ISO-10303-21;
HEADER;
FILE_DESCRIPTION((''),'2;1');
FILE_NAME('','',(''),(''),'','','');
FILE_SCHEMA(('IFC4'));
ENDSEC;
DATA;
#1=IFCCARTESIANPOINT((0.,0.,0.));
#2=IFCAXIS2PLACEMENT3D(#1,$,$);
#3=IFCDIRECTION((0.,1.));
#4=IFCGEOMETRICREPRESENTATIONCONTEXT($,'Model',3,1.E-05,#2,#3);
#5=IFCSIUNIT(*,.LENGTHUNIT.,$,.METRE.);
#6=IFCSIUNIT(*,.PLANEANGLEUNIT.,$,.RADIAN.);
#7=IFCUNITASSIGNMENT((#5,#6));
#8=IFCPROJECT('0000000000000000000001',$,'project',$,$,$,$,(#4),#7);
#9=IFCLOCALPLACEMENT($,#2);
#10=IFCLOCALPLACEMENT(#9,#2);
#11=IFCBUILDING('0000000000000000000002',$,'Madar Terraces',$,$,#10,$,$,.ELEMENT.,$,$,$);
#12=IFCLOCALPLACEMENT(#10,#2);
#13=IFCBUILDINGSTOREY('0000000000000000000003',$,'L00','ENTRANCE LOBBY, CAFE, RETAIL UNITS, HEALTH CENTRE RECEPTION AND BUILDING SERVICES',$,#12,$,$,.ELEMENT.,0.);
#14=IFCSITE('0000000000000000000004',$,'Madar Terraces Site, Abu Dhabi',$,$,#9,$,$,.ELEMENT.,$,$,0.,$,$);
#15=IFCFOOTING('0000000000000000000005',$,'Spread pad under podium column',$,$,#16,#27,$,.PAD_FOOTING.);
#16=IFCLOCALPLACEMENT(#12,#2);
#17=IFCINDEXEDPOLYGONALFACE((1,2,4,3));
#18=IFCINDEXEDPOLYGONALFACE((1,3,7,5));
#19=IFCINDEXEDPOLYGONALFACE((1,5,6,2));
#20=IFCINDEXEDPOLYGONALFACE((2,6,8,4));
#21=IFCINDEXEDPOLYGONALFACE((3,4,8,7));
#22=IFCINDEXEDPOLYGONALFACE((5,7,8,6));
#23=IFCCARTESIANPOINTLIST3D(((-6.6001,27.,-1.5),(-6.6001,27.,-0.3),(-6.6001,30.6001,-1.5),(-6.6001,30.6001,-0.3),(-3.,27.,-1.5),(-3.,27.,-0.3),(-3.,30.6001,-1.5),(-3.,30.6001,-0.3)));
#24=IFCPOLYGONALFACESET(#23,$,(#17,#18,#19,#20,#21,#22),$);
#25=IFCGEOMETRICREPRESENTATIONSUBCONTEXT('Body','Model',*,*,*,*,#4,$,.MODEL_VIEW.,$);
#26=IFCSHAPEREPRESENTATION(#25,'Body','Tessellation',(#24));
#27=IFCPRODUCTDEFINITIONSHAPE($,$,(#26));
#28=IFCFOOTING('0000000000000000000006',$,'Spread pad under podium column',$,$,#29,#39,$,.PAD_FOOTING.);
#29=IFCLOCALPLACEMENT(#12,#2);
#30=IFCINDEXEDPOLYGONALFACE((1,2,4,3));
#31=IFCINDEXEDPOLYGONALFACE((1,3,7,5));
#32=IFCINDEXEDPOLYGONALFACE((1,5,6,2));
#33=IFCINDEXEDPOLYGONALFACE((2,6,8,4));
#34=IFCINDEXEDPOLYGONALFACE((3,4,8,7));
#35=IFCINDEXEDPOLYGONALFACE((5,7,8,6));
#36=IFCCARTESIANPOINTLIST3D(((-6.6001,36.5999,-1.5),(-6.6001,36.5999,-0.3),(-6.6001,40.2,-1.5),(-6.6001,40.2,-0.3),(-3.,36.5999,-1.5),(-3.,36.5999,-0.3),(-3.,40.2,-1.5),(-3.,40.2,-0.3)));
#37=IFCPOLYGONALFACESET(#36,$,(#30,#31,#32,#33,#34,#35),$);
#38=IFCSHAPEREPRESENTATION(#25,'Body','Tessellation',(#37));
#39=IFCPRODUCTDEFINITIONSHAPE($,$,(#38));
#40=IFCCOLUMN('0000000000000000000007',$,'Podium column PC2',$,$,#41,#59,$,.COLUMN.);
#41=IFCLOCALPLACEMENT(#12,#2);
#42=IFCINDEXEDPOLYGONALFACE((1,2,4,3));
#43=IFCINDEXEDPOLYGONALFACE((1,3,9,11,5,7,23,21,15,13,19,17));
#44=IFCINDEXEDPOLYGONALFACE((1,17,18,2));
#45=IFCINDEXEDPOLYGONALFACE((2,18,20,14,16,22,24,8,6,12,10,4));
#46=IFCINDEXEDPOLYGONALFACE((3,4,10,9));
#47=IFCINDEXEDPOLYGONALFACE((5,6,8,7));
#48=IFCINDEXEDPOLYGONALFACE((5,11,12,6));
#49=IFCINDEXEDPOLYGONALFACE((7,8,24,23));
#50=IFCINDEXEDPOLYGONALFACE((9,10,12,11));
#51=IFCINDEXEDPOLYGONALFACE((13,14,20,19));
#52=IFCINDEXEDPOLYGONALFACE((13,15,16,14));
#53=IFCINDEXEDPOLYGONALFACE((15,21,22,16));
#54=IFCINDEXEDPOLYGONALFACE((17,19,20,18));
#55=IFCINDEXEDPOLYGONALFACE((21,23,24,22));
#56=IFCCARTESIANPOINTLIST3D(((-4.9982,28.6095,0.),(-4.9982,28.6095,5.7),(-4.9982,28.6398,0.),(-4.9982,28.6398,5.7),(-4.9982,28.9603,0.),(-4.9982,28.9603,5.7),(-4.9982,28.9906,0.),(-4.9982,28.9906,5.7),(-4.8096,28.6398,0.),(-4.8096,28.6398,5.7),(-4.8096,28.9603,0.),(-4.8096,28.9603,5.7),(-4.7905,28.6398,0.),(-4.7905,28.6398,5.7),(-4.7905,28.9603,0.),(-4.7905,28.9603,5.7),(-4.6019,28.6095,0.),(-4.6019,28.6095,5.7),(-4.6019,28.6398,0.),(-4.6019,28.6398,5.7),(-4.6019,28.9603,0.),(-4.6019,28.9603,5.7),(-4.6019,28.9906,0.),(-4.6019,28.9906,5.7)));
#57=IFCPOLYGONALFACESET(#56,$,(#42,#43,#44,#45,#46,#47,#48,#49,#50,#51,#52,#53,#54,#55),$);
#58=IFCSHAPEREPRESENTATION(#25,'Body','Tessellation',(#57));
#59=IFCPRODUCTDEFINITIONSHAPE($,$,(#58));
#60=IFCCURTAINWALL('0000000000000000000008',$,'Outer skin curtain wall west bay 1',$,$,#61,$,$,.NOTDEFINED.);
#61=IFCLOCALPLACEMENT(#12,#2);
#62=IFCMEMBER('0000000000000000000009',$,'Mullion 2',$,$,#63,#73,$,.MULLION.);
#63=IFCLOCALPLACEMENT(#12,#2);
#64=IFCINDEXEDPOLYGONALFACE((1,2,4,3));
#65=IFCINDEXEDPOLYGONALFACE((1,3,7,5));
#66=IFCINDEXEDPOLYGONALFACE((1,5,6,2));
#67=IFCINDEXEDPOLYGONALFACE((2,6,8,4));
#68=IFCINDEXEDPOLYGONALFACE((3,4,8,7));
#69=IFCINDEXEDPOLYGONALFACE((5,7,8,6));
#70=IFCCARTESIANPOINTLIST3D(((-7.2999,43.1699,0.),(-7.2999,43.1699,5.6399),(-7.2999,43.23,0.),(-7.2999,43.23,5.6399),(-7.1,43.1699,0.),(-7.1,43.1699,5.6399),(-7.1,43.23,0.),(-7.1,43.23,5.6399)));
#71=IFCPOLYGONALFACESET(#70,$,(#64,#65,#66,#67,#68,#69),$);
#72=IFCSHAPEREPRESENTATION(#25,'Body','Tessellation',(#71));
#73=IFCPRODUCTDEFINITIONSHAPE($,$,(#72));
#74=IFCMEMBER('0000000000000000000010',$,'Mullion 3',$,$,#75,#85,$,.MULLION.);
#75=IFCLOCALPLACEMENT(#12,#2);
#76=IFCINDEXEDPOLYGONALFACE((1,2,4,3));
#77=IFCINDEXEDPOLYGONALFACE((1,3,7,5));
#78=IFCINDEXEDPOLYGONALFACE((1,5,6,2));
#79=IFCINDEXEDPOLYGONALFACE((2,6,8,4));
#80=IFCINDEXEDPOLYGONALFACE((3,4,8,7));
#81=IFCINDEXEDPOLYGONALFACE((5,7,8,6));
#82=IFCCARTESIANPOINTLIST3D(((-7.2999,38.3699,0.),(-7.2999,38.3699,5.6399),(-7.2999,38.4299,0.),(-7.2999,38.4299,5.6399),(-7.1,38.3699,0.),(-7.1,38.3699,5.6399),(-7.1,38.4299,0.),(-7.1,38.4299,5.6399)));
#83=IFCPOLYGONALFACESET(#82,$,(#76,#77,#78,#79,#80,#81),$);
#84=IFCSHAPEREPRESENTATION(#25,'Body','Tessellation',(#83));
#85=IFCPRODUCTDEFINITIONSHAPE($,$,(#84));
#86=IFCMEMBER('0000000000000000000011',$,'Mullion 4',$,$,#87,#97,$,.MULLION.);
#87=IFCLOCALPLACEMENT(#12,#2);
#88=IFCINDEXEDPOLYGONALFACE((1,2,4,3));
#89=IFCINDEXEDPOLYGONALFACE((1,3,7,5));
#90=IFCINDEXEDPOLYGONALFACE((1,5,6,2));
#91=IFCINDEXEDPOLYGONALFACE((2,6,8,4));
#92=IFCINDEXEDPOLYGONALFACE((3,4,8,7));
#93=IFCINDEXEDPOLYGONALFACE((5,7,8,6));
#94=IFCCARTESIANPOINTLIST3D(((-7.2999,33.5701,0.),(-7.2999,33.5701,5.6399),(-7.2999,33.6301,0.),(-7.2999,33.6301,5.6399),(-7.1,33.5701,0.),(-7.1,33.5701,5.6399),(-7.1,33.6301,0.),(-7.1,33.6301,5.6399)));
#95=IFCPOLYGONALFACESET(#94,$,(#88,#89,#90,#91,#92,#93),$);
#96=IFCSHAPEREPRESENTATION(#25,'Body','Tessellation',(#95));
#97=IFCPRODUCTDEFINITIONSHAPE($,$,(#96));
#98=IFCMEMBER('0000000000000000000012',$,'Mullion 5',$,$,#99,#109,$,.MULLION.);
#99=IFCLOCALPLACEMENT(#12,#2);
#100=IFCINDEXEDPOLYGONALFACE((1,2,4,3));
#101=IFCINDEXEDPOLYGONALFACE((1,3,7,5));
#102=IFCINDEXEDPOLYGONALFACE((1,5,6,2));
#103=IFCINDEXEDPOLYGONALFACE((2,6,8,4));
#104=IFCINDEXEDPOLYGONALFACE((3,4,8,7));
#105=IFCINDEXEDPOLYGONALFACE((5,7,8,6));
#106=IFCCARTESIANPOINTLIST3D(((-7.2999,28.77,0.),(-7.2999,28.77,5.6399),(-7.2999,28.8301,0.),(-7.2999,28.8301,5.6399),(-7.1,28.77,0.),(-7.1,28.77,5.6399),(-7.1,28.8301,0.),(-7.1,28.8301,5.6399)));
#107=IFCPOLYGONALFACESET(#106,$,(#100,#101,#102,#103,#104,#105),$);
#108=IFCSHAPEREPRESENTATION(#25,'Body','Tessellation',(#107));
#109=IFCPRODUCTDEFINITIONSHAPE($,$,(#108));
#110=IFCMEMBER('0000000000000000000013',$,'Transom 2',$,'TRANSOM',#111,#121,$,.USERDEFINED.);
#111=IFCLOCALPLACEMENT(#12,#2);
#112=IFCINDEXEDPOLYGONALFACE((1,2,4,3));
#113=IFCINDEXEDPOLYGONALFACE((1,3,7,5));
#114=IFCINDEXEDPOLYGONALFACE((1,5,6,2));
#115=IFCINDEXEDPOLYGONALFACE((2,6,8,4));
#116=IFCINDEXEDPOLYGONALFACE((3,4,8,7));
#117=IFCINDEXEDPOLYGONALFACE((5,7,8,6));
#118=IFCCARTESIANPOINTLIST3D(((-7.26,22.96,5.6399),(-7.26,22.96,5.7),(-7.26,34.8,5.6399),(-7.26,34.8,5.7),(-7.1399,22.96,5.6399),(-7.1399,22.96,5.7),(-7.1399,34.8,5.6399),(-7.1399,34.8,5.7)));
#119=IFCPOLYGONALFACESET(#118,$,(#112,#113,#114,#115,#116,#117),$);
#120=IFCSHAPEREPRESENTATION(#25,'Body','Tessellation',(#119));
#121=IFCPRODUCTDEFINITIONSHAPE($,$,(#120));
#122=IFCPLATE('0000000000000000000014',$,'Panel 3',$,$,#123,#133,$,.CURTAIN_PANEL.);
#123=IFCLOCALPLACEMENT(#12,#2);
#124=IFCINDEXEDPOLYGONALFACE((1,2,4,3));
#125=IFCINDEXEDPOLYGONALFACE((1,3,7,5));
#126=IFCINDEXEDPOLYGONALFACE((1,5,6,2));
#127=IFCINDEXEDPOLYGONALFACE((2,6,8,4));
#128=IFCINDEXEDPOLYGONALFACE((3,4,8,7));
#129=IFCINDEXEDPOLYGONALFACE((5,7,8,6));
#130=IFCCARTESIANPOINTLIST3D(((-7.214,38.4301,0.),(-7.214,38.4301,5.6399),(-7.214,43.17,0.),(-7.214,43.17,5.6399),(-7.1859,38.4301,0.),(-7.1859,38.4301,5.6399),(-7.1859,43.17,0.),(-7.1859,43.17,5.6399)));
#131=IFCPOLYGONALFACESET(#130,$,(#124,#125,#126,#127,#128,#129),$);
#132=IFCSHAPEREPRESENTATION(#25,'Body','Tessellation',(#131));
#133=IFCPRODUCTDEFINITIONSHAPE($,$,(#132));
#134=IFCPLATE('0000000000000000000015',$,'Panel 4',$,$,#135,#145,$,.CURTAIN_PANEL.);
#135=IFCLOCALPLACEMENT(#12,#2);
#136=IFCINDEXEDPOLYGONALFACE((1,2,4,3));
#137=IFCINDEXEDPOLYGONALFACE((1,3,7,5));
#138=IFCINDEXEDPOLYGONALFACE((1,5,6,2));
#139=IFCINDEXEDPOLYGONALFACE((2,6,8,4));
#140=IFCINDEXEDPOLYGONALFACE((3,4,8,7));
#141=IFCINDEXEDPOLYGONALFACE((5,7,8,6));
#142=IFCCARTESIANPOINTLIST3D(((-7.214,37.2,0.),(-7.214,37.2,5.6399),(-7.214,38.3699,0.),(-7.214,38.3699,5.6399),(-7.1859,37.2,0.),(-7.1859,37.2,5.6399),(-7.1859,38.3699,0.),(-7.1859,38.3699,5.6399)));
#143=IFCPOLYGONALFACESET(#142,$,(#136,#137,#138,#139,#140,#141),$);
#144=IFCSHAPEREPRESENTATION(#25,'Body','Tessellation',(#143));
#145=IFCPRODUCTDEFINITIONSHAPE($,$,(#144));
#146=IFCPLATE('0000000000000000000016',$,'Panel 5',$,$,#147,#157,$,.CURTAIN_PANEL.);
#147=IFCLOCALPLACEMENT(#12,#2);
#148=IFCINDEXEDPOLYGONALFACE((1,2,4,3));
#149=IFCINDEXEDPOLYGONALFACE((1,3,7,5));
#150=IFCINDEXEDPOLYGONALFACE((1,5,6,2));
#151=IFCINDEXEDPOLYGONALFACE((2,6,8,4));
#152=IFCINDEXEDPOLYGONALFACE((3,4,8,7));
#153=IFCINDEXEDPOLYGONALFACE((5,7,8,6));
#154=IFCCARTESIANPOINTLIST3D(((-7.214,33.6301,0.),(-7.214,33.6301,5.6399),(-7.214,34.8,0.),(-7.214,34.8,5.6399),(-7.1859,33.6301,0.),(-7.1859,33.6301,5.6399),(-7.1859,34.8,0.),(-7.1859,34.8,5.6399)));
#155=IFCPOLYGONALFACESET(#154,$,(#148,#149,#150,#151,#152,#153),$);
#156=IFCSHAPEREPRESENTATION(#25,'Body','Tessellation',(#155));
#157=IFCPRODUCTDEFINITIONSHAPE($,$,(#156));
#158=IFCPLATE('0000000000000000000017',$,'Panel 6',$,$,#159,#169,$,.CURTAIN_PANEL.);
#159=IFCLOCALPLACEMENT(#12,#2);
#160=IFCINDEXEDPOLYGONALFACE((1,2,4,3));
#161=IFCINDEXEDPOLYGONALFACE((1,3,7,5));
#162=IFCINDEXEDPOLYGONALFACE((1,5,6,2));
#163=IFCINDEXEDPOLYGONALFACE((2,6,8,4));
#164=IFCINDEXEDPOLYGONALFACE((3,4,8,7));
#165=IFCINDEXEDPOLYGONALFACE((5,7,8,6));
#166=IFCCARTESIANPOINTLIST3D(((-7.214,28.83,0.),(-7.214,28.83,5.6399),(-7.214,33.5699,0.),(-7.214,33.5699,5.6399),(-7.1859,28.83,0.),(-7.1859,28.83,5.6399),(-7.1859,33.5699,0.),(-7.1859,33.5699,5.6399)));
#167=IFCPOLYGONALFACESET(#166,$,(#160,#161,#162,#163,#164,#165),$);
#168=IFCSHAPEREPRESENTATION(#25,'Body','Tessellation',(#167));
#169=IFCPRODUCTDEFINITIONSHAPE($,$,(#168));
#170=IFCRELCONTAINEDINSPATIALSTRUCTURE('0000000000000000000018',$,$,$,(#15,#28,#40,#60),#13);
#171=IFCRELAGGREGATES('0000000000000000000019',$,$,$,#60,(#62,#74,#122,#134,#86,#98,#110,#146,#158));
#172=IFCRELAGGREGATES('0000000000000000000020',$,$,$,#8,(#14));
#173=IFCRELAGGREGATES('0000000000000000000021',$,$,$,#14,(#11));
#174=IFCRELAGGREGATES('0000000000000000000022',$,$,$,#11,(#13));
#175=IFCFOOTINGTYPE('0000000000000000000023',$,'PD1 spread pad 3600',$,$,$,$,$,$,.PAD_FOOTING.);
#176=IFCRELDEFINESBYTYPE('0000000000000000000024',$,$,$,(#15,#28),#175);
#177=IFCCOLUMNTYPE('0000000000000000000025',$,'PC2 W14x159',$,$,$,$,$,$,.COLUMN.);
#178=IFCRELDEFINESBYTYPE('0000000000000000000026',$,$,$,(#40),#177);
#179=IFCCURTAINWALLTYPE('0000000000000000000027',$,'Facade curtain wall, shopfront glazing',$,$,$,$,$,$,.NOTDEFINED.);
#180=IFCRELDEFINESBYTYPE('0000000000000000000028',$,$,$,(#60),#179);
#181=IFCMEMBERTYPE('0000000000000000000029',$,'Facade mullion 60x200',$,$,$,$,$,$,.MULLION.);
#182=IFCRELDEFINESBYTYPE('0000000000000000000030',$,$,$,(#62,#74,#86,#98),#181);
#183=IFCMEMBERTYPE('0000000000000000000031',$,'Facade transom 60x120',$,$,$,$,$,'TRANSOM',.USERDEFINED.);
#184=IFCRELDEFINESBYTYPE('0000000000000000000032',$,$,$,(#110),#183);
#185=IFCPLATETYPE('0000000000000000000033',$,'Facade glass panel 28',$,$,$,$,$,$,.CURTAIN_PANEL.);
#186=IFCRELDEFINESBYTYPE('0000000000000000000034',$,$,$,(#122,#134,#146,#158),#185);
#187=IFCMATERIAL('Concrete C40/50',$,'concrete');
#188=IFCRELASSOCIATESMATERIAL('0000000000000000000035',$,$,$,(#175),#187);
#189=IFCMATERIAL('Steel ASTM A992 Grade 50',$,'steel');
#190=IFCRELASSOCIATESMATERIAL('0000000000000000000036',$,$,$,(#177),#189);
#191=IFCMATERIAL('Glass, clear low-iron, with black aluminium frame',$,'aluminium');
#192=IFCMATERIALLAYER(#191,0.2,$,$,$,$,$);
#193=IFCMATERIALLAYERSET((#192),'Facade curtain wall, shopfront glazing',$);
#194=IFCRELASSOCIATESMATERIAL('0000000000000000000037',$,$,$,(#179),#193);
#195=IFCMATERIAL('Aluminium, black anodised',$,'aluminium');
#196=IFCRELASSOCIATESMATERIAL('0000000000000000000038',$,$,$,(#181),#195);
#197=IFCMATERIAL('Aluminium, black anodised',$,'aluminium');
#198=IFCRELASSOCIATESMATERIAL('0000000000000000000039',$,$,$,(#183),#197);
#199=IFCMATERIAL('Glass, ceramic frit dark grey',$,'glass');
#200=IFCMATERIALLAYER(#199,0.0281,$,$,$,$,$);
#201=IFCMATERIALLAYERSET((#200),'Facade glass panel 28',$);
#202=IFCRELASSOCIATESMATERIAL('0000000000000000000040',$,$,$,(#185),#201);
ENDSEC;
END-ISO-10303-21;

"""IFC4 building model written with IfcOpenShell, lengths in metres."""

from ifc_helpers import new_model, si_unit, direction, frame, origin, origin_2d, place, context, subcontext, project, spatial, rectangle, i_section, extrude, material, layer, layer_set, material_profile, profile_set, type_object, element, aggregate, save


model = new_model("IFC4")

# Units and contexts
model_context = context("Model", 3, precision=1e-05, world=origin(), true_north=direction((0.0, 1.0)))
body_context = subcontext(model_context, "Body", "Model", "MODEL_VIEW")
ifc_project = project(units=[si_unit("LENGTHUNIT", "METRE"), si_unit("PLANEANGLEUNIT", "RADIAN")], contexts=[model_context])

# Site, building, storey
site_placement = place(None, origin())
site = spatial("IfcSite", under=ifc_project, at=site_placement, Name="Madar Terraces Site, Abu Dhabi", CompositionType="ELEMENT", RefElevation=0.0)
building_placement = place(site_placement, origin())
building = spatial("IfcBuilding", under=site, at=building_placement, Name="Madar Terraces", CompositionType="ELEMENT")
storey_placement = place(building_placement, origin())
storey = spatial("IfcBuildingStorey", under=building, at=storey_placement, Name="L00", Description="ENTRANCE LOBBY, CAFE, RETAIL UNITS, HEALTH CENTRE RECEPTION AND BUILDING SERVICES", CompositionType="ELEMENT", Elevation=0.0)

# Footings
ifc_material_1 = material(Name="Concrete C40/50", Category="concrete")
footing_type = type_object("IfcFootingType", Name="PD1 spread pad 3600", PredefinedType="PAD_FOOTING", material=ifc_material_1)
for number, where, z_axis, x_axis, name in (
    (1, (-4.8, 28.8, -1.5), (0.0, 0.0, 1.0), (1.0, 0.0, 0.0), "Spread pad under podium column"),
    (2, (-4.8, 38.3999, -1.5), (0.0, 0.0, 1.0), (1.0, 0.0, 0.0), "Spread pad under podium column"),
):
    element("IfcFooting", number, at=place(storey_placement, frame(where, z_axis=z_axis, x_axis=x_axis)), inside=storey, type_object=footing_type, Name=name, PredefinedType="PAD_FOOTING", context=body_context, shape_type="SweptSolid", body=[
        extrude(rectangle(XDim=3.6001, YDim=3.6001, at=origin_2d()), origin(), (0.0, 0.0, 1.0), 1.2),
    ])

# Column
ifc_material_2 = material(Name="Steel ASTM A992 Grade 50", Category="steel")
ifc_material_profile_1 = material_profile(ifc_material_2, i_section(OverallWidth=0.3962, OverallDepth=0.3811, WebThickness=0.019, FlangeThickness=0.0303, at=origin_2d()), Name="W14x159")
ifc_profile_set_1 = profile_set([ifc_material_profile_1], Name="Steel ASTM A992 Grade 50")
column_type = type_object("IfcColumnType", Name="PC2 W14x159", PredefinedType="COLUMN", material=ifc_profile_set_1)
column_placement = place(storey_placement, frame((-4.8, 28.8, 0.0), z_axis=(0.0, 0.0, 1.0), x_axis=(1.0, 0.0, 0.0)))
element("IfcColumn", 3, at=column_placement, inside=storey, type_object=column_type, Name="Podium column PC2", PredefinedType="COLUMN", context=body_context, shape_type="SweptSolid", body=[
    extrude(i_section(OverallWidth=0.3962, OverallDepth=0.3811, WebThickness=0.019, FlangeThickness=0.0303, at=origin_2d()), origin(), (0.0, 0.0, 1.0), 5.7),
])

# Curtain wall, members, plates
ifc_material_3 = material(Name="Glass, clear low-iron, with black aluminium frame", Category="aluminium")
ifc_layer_1 = layer(ifc_material_3, 0.2)
ifc_layer_set_1 = layer_set([ifc_layer_1], Name="Facade curtain wall, shopfront glazing")
curtain_wall_type = type_object("IfcCurtainWallType", Name="Facade curtain wall, shopfront glazing", PredefinedType="NOTDEFINED", material=ifc_layer_set_1)
curtain_wall_placement = place(storey_placement, origin())
curtain_wall = element("IfcCurtainWall", 4, at=curtain_wall_placement, inside=storey, type_object=curtain_wall_type, Name="Outer skin curtain wall west bay 1", PredefinedType="NOTDEFINED")
ifc_material_4 = material(Name="Aluminium, black anodised", Category="aluminium")
ifc_material_profile_2 = material_profile(ifc_material_4, rectangle(XDim=0.2, YDim=0.0601, at=origin_2d()), Name="Facade mullion 60x200")
ifc_profile_set_2 = profile_set([ifc_material_profile_2], Name="Aluminium, black anodised")
member_type_1 = type_object("IfcMemberType", Name="Facade mullion 60x200", PredefinedType="MULLION", material=ifc_profile_set_2)
member_1_placement = place(storey_placement, frame((-7.2, 43.2, 0.0), z_axis=(0.0, 0.0, 1.0), x_axis=(1.0, 0.0, 0.0)))
member_1 = element("IfcMember", 5, at=member_1_placement, type_object=member_type_1, Name="Mullion 2", PredefinedType="MULLION", context=body_context, shape_type="SweptSolid", body=[
    extrude(rectangle(XDim=0.2, YDim=0.0601, at=origin_2d()), origin(), (0.0, 0.0, 1.0), 5.6399),
])
member_2_placement = place(storey_placement, frame((-7.2, 38.3999, 0.0), z_axis=(0.0, 0.0, 1.0), x_axis=(1.0, 0.0, 0.0)))
member_2 = element("IfcMember", 6, at=member_2_placement, type_object=member_type_1, Name="Mullion 3", PredefinedType="MULLION", context=body_context, shape_type="SweptSolid", body=[
    extrude(rectangle(XDim=0.2, YDim=0.0601, at=origin_2d()), origin(), (0.0, 0.0, 1.0), 5.6399),
])
member_3_placement = place(storey_placement, frame((-7.2, 33.6001, 0.0), z_axis=(0.0, 0.0, 1.0), x_axis=(1.0, 0.0, 0.0)))
member_3 = element("IfcMember", 7, at=member_3_placement, type_object=member_type_1, Name="Mullion 4", PredefinedType="MULLION", context=body_context, shape_type="SweptSolid", body=[
    extrude(rectangle(XDim=0.2, YDim=0.0601, at=origin_2d()), origin(), (0.0, 0.0, 1.0), 5.6399),
])
member_4_placement = place(storey_placement, frame((-7.2, 28.8, 0.0), z_axis=(0.0, 0.0, 1.0), x_axis=(1.0, 0.0, 0.0)))
member_4 = element("IfcMember", 8, at=member_4_placement, type_object=member_type_1, Name="Mullion 5", PredefinedType="MULLION", context=body_context, shape_type="SweptSolid", body=[
    extrude(rectangle(XDim=0.2, YDim=0.0601, at=origin_2d()), origin(), (0.0, 0.0, 1.0), 5.6399),
])
ifc_material_5 = material(Name="Aluminium, black anodised", Category="aluminium")
ifc_material_profile_3 = material_profile(ifc_material_5, rectangle(XDim=0.1201, YDim=0.0601, at=origin_2d()), Name="Facade transom 60x120")
ifc_profile_set_3 = profile_set([ifc_material_profile_3], Name="Aluminium, black anodised")
member_type_2 = type_object("IfcMemberType", Name="Facade transom 60x120", ElementType="TRANSOM", PredefinedType="USERDEFINED", material=ifc_profile_set_3)
member_5_placement = place(storey_placement, frame((-7.2, 34.8, 5.6699), z_axis=(0.0, -1.0, 0.0), x_axis=(1.0, 0.0, 0.0)))
member_5 = element("IfcMember", 9, at=member_5_placement, type_object=member_type_2, Name="Transom 2", ObjectType="TRANSOM", PredefinedType="USERDEFINED", context=body_context, shape_type="SweptSolid", body=[
    extrude(rectangle(XDim=0.1201, YDim=0.0601, at=origin_2d()), origin(), (0.0, 0.0, 1.0), 11.8401),
])
ifc_material_6 = material(Name="Glass, ceramic frit dark grey", Category="glass")
ifc_layer_2 = layer(ifc_material_6, 0.0281)
ifc_layer_set_2 = layer_set([ifc_layer_2], Name="Facade glass panel 28")
plate_type = type_object("IfcPlateType", Name="Facade glass panel 28", PredefinedType="CURTAIN_PANEL", material=ifc_layer_set_2)
plate_1_placement = place(storey_placement, frame((-7.2, 40.8, 0.0), z_axis=(0.0, 0.0, 1.0), x_axis=(0.0, -1.0, 0.0)))
plate_1 = element("IfcPlate", 10, at=plate_1_placement, type_object=plate_type, Name="Panel 3", PredefinedType="CURTAIN_PANEL", context=body_context, shape_type="SweptSolid", body=[
    extrude(rectangle(XDim=4.74, YDim=0.0281, at=origin_2d()), origin(), (0.0, 0.0, 1.0), 5.6399),
])
plate_2_placement = place(storey_placement, frame((-7.2, 37.7849, 0.0), z_axis=(0.0, 0.0, 1.0), x_axis=(0.0, -1.0, 0.0)))
plate_2 = element("IfcPlate", 11, at=plate_2_placement, type_object=plate_type, Name="Panel 4", PredefinedType="CURTAIN_PANEL", context=body_context, shape_type="SweptSolid", body=[
    extrude(rectangle(XDim=1.1699, YDim=0.0281, at=origin_2d()), origin(), (0.0, 0.0, 1.0), 5.6399),
])
plate_3_placement = place(storey_placement, frame((-7.2, 34.2151, 0.0), z_axis=(0.0, 0.0, 1.0), x_axis=(0.0, -1.0, 0.0)))
plate_3 = element("IfcPlate", 12, at=plate_3_placement, type_object=plate_type, Name="Panel 5", PredefinedType="CURTAIN_PANEL", context=body_context, shape_type="SweptSolid", body=[
    extrude(rectangle(XDim=1.1699, YDim=0.0281, at=origin_2d()), origin(), (0.0, 0.0, 1.0), 5.6399),
])
plate_4_placement = place(storey_placement, frame((-7.2, 31.2, 0.0), z_axis=(0.0, 0.0, 1.0), x_axis=(0.0, -1.0, 0.0)))
plate_4 = element("IfcPlate", 13, at=plate_4_placement, type_object=plate_type, Name="Panel 6", PredefinedType="CURTAIN_PANEL", context=body_context, shape_type="SweptSolid", body=[
    extrude(rectangle(XDim=4.74, YDim=0.0281, at=origin_2d()), origin(), (0.0, 0.0, 1.0), 5.6399),
])
aggregate(curtain_wall, [member_1, member_2, plate_1, plate_2, member_3, member_4, member_5, plate_3, plate_4])

save(model, "model.ifc")
